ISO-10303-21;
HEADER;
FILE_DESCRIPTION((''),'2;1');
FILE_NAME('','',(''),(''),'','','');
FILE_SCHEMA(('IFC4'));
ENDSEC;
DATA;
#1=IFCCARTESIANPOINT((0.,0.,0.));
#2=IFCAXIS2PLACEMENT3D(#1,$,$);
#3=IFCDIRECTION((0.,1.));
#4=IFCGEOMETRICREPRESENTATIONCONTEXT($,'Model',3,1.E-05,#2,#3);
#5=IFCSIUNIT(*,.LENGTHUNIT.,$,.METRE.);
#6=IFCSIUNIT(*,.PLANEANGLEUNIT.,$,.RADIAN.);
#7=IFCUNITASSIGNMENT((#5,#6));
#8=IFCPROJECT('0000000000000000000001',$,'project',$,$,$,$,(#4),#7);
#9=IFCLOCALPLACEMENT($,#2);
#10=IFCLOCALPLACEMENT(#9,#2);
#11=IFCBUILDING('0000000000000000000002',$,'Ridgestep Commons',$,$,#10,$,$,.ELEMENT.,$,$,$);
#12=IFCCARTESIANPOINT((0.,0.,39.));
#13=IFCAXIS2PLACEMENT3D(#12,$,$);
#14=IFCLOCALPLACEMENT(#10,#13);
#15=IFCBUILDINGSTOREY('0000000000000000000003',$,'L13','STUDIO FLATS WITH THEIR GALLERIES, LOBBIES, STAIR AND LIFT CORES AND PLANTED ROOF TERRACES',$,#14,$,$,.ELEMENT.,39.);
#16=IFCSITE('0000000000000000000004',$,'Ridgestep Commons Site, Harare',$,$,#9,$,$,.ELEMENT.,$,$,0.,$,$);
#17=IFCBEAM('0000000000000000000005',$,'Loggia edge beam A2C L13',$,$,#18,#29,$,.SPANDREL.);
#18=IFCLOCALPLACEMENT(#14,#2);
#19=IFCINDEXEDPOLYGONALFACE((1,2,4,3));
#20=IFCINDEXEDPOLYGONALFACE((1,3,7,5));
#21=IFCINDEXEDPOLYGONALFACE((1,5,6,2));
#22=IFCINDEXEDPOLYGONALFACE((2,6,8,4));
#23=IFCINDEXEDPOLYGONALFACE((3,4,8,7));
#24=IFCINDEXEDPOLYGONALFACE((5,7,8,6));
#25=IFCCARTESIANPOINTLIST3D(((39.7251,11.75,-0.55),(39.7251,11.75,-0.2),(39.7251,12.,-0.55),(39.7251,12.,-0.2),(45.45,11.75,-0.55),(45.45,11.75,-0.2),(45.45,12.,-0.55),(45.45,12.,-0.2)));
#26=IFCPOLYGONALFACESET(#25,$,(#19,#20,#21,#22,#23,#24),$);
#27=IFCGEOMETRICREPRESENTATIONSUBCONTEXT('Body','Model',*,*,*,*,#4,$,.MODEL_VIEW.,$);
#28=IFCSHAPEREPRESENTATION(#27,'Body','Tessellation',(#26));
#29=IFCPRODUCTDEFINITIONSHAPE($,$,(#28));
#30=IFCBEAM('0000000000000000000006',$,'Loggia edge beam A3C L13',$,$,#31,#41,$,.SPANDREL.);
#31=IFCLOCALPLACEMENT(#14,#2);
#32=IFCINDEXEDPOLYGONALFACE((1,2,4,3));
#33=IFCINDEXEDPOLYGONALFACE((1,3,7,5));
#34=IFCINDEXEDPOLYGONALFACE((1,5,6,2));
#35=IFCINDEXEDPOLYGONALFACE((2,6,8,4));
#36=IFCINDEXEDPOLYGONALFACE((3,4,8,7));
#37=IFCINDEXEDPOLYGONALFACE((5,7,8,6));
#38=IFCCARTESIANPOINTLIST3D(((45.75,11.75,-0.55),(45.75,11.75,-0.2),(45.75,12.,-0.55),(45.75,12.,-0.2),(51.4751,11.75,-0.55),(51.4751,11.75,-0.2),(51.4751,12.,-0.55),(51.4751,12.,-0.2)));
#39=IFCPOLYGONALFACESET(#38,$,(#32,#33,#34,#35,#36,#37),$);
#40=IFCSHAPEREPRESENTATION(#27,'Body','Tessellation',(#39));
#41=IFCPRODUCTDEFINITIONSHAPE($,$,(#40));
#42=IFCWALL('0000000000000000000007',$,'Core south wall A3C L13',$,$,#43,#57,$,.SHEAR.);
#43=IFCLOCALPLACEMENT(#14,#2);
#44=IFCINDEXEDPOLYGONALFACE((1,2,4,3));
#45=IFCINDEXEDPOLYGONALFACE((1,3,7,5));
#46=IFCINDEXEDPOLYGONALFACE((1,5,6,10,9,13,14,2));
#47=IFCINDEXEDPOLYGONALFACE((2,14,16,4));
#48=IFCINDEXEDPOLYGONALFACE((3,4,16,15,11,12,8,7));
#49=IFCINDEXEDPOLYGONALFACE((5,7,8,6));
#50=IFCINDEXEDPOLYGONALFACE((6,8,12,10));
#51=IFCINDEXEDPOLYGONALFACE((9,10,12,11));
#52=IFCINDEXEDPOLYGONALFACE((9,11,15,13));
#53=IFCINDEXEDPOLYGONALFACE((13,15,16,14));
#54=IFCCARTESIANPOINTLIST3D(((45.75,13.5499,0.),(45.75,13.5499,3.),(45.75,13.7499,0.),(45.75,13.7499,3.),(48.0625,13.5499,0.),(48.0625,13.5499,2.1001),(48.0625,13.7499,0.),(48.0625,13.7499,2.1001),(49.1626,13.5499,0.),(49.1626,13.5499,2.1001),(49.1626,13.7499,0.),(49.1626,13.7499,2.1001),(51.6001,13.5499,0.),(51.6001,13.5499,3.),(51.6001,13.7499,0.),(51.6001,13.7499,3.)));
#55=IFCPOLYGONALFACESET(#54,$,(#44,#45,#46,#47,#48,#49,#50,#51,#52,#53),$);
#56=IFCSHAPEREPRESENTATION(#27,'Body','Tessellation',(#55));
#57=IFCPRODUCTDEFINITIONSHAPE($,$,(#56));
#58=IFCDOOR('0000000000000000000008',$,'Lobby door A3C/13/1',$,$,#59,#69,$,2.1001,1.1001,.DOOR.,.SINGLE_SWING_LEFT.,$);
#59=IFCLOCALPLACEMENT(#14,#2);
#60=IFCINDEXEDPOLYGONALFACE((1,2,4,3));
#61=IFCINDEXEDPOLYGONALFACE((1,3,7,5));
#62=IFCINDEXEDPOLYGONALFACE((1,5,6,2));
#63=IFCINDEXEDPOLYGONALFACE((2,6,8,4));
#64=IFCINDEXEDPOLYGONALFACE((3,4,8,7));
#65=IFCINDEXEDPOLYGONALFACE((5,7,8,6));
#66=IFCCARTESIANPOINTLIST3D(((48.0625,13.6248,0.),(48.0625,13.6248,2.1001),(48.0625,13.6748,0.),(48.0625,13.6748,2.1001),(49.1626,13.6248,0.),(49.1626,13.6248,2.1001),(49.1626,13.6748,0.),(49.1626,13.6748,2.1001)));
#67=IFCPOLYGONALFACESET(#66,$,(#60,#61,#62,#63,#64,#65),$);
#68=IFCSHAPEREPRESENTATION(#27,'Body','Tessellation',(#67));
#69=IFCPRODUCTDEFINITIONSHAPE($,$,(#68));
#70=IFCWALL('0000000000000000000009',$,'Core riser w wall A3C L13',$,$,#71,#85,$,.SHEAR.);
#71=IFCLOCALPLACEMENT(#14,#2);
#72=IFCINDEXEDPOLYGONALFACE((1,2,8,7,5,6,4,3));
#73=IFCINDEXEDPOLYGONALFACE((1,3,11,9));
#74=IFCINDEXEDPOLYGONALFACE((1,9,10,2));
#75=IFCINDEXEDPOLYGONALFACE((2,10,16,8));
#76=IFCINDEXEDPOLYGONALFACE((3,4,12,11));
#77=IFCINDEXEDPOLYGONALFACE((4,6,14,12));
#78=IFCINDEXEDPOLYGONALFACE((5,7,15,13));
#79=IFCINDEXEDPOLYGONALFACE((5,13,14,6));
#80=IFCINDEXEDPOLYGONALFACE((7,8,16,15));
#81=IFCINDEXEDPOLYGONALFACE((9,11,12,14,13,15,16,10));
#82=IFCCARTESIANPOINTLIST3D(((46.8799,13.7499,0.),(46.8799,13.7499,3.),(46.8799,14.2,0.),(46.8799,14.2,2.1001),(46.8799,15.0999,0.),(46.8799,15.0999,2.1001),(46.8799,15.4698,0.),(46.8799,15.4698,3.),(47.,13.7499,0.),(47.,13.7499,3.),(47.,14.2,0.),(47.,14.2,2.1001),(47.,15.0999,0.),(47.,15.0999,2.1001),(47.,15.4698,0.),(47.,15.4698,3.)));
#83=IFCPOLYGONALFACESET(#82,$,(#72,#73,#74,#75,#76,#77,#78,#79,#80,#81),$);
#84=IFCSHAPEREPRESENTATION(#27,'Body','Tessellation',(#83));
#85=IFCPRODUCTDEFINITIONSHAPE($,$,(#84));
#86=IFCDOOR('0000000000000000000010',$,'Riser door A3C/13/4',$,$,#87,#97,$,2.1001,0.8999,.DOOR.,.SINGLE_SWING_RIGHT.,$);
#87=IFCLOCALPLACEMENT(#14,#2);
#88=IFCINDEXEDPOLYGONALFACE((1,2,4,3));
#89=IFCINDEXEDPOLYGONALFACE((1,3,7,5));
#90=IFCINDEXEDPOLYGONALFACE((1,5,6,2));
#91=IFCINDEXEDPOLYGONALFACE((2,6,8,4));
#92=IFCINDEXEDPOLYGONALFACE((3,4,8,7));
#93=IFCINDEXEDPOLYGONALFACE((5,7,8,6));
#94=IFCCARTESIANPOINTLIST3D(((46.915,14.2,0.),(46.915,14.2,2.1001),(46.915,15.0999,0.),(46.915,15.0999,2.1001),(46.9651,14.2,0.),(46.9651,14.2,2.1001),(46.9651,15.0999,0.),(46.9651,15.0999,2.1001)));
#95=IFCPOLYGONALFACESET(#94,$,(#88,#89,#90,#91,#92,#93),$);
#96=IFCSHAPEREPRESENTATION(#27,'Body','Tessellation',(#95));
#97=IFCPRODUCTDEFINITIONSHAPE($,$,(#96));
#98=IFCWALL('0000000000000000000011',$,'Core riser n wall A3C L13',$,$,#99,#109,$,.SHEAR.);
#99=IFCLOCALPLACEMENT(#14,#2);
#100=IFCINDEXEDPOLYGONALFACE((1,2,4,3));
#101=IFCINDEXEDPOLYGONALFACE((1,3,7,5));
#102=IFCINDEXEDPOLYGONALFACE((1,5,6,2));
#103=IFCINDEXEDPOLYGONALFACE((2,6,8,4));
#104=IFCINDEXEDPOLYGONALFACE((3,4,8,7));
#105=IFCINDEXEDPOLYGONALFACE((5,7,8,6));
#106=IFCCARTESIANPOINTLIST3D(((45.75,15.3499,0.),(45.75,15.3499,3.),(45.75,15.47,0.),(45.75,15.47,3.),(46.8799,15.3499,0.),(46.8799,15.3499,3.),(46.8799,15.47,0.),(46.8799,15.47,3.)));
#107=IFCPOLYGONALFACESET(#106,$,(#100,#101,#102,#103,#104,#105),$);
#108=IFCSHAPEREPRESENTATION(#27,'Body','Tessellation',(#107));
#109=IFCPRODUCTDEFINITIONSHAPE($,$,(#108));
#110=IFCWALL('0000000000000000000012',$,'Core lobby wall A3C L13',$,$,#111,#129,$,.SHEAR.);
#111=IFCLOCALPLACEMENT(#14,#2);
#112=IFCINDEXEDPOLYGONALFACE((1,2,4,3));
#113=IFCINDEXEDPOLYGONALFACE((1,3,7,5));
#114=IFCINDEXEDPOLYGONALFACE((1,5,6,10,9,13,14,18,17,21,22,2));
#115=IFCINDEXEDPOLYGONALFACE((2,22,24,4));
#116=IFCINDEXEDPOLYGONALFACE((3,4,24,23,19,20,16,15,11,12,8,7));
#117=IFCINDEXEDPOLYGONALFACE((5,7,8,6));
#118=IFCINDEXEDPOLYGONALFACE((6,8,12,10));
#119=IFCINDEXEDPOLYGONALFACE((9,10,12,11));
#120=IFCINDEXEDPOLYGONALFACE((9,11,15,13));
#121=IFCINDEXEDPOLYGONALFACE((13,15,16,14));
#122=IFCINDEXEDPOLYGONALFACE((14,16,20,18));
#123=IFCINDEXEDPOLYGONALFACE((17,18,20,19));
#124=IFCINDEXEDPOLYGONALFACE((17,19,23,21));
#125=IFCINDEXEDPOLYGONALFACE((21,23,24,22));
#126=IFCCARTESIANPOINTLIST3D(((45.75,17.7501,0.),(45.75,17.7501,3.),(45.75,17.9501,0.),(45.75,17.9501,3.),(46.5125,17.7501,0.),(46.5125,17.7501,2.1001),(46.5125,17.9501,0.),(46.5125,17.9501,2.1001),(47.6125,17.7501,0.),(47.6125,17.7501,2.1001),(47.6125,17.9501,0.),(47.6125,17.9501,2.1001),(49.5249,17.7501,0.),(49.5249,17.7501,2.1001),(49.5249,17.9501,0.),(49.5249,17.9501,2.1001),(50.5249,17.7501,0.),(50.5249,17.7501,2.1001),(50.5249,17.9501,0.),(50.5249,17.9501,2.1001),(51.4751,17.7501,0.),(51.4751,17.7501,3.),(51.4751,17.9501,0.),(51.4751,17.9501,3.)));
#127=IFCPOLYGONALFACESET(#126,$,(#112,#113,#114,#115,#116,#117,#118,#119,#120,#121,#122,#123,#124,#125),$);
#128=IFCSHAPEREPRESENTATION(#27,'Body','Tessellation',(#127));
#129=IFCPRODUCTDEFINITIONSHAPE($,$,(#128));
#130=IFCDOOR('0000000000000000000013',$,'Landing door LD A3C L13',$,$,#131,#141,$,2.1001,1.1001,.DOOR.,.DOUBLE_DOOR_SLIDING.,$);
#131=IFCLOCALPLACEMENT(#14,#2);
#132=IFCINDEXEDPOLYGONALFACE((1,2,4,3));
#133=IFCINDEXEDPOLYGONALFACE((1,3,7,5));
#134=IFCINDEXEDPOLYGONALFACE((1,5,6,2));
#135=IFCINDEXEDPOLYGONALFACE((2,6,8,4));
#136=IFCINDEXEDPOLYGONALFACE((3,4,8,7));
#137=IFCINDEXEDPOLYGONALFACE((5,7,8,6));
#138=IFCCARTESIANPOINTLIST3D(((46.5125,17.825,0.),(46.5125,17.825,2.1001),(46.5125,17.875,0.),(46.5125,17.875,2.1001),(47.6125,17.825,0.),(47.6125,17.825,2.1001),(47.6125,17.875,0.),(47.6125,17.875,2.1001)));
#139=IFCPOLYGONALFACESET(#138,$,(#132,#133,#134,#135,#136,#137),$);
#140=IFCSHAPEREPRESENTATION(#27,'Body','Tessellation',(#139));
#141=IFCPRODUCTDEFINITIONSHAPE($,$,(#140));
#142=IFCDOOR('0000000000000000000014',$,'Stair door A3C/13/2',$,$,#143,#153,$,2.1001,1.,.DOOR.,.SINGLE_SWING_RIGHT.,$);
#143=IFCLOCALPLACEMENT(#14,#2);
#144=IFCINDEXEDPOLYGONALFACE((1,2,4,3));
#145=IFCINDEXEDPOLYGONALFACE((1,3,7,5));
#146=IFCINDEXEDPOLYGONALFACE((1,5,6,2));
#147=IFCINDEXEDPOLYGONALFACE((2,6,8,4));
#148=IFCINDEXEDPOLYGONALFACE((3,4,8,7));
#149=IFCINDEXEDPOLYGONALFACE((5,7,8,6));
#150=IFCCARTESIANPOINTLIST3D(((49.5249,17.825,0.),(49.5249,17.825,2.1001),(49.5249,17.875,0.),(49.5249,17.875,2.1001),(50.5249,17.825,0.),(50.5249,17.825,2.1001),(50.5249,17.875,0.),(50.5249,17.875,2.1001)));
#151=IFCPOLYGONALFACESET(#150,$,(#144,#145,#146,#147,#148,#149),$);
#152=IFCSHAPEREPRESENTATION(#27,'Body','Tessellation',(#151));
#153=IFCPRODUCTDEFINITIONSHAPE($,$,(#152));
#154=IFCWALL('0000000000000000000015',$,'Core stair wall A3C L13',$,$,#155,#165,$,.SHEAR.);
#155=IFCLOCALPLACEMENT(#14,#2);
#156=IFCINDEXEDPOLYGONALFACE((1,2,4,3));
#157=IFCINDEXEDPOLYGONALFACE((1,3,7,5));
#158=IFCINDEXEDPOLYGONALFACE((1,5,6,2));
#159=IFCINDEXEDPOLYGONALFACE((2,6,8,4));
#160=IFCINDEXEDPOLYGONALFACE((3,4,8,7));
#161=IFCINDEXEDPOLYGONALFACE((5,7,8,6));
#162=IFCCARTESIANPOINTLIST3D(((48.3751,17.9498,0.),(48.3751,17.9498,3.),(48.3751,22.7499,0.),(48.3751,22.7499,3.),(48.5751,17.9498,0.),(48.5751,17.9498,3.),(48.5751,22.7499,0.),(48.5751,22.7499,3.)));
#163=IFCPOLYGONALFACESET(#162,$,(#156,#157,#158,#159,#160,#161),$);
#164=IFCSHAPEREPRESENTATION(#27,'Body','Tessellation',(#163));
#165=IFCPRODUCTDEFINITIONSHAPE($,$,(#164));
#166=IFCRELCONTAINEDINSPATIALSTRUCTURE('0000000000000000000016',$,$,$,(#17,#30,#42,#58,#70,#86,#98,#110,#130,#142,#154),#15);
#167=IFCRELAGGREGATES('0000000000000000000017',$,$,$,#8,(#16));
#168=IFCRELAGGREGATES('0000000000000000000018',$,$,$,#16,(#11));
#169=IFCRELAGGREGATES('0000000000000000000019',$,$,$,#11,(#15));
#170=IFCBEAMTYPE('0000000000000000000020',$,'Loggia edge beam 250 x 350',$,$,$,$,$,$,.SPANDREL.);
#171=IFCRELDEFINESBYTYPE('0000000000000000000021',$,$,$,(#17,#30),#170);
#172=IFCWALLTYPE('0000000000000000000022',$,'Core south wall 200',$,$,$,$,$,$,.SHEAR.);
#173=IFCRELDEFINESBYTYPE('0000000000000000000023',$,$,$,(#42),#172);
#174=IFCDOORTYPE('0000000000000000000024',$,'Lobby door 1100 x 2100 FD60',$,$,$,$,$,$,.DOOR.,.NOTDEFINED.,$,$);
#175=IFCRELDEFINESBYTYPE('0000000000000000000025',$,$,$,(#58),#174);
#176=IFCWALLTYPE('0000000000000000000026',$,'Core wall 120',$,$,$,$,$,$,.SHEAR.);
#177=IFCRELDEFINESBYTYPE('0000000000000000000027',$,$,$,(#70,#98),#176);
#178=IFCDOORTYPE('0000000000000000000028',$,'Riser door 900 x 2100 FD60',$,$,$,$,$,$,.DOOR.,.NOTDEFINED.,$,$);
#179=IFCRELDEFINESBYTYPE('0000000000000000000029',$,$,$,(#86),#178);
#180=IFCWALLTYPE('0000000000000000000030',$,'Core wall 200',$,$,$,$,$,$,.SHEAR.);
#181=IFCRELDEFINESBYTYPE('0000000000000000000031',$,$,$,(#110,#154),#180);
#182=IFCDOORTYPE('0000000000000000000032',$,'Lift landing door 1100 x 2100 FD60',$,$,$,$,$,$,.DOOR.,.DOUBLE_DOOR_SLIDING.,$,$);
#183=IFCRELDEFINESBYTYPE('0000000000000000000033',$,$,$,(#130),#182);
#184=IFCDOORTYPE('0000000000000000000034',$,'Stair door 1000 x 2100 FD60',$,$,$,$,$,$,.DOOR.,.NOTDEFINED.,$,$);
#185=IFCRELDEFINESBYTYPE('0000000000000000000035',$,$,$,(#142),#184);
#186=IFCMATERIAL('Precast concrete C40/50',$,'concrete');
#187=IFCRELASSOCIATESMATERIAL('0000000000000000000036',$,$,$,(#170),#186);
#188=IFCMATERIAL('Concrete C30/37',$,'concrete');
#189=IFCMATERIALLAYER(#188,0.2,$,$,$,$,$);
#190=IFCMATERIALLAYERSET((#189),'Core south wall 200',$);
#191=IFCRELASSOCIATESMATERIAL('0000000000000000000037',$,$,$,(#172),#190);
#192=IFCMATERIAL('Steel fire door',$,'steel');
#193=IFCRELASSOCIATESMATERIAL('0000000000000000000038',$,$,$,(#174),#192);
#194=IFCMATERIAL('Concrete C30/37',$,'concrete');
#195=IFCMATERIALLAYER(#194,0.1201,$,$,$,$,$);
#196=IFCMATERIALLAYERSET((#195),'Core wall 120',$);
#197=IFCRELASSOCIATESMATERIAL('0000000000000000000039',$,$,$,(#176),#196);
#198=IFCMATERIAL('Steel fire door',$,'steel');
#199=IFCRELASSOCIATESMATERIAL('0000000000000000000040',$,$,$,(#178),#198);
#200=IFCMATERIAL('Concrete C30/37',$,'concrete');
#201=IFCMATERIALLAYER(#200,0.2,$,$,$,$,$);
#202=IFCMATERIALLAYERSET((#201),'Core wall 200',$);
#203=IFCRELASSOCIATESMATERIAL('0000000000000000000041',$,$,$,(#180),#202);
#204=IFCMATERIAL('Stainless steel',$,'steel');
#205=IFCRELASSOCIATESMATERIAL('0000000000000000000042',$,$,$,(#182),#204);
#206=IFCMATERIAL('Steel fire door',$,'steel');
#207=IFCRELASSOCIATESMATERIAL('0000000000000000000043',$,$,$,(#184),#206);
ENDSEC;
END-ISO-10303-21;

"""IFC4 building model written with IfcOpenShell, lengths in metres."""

from ifc_helpers import new_model, si_unit, direction, frame, frame_2d, origin, origin_2d, place, context, subcontext, project, spatial, rectangle, extrude, material, layer, layer_set, material_profile, profile_set, type_object, element, fill, save


model = new_model("IFC4")

# Units and contexts
model_context = context("Model", 3, precision=1e-05, world=origin(), true_north=direction((0.0, 1.0)))
body_context = subcontext(model_context, "Body", "Model", "MODEL_VIEW")
ifc_project = project(units=[si_unit("LENGTHUNIT", "METRE"), si_unit("PLANEANGLEUNIT", "RADIAN")], contexts=[model_context])

# Site, building, storey
site_placement = place(None, origin())
site = spatial("IfcSite", under=ifc_project, at=site_placement, Name="Ridgestep Commons Site, Harare", CompositionType="ELEMENT", RefElevation=0.0)
building_placement = place(site_placement, origin())
building = spatial("IfcBuilding", under=site, at=building_placement, Name="Ridgestep Commons", CompositionType="ELEMENT")
storey_placement = place(building_placement, frame((0.0, 0.0, 39.0)))
storey = spatial("IfcBuildingStorey", under=building, at=storey_placement, Name="L13", Description="STUDIO FLATS WITH THEIR GALLERIES, LOBBIES, STAIR AND LIFT CORES AND PLANTED ROOF TERRACES", CompositionType="ELEMENT", Elevation=39.0)

# Beams
ifc_material_1 = material(Name="Precast concrete C40/50", Category="concrete")
ifc_material_profile = material_profile(ifc_material_1, rectangle(XDim=0.25, YDim=0.3501, at=origin_2d()), Name="PC 250x350")
ifc_profile_set = profile_set([ifc_material_profile], Name="Precast concrete C40/50")
beam_type = type_object("IfcBeamType", Name="Loggia edge beam 250 x 350", PredefinedType="SPANDREL", material=ifc_profile_set)
beam_1_placement = place(storey_placement, frame((39.7251, 11.875, -0.375), z_axis=(1.0, 0.0, 0.0), x_axis=(0.0, 1.0, 0.0)))
element("IfcBeam", 1, at=beam_1_placement, inside=storey, type_object=beam_type, Name="Loggia edge beam A2C L13", PredefinedType="SPANDREL", context=body_context, shape_type="SweptSolid", body=[
    extrude(rectangle(XDim=0.25, YDim=0.3501, at=origin_2d()), origin(), (0.0, 0.0, 1.0), 5.7249),
])
beam_2_placement = place(storey_placement, frame((45.75, 11.875, -0.375), z_axis=(1.0, 0.0, 0.0), x_axis=(0.0, 1.0, 0.0)))
element("IfcBeam", 2, at=beam_2_placement, inside=storey, type_object=beam_type, Name="Loggia edge beam A3C L13", PredefinedType="SPANDREL", context=body_context, shape_type="SweptSolid", body=[
    extrude(rectangle(XDim=0.25, YDim=0.3501, at=origin_2d()), origin(), (0.0, 0.0, 1.0), 5.7251),
])

# Walls, openings, doors
ifc_material_2 = material(Name="Concrete C30/37", Category="concrete")
ifc_layer_1 = layer(ifc_material_2, 0.2)
ifc_layer_set_1 = layer_set([ifc_layer_1], Name="Core south wall 200")
wall_type_1 = type_object("IfcWallType", Name="Core south wall 200", PredefinedType="SHEAR", material=ifc_layer_set_1)
wall_1_placement = place(storey_placement, frame((45.75, 13.6499, 0.0), z_axis=(0.0, 0.0, 1.0), x_axis=(1.0, 0.0, 0.0)))
wall_1 = element("IfcWall", 3, at=wall_1_placement, inside=storey, type_object=wall_type_1, Name="Core south wall A3C L13", PredefinedType="SHEAR", context=body_context, shape_type="SweptSolid", body=[
    extrude(rectangle(XDim=5.8501, YDim=0.2, at=frame_2d((2.925, 0.0))), origin(), (0.0, 0.0, 1.0), 3.0),
])
opening_1_placement = place(wall_1_placement, frame((2.3125, 0.0, 0.0)))
opening_1 = element("IfcOpeningElement", 4, at=opening_1_placement, cuts=wall_1, PredefinedType="OPENING", context=body_context, shape_type="SweptSolid", body=[
    extrude(rectangle(XDim=1.1001, YDim=2.1001, at=frame_2d((0.55, 1.05))), frame((0.0, 0.1099, 0.0), z_axis=(0.0, -1.0, 0.0), x_axis=(1.0, 0.0, 0.0)), (0.0, 0.0, 1.0), 0.22),
])
ifc_material_3 = material(Name="Steel fire door", Category="steel")
door_type_1 = type_object("IfcDoorType", Name="Lobby door 1100 x 2100 FD60", OperationType="NOTDEFINED", PredefinedType="DOOR", material=ifc_material_3)
door_1_placement = place(opening_1_placement, origin())
door_1 = element("IfcDoor", 5, at=door_1_placement, inside=storey, type_object=door_type_1, Name="Lobby door A3C/13/1", OperationType="SINGLE_SWING_LEFT", OverallHeight=2.1001, OverallWidth=1.1001, PredefinedType="DOOR", context=body_context, shape_type="SweptSolid", body=[
    extrude(rectangle(XDim=1.1001, YDim=2.1001, at=frame_2d((0.55, 1.05))), frame((0.0, 0.0249, 0.0), z_axis=(0.0, -1.0, 0.0), x_axis=(1.0, 0.0, 0.0)), (0.0, 0.0, 1.0), 0.05),
])
fill(opening_1, door_1)
ifc_material_4 = material(Name="Concrete C30/37", Category="concrete")
ifc_layer_2 = layer(ifc_material_4, 0.1201)
ifc_layer_set_2 = layer_set([ifc_layer_2], Name="Core wall 120")
wall_type_2 = type_object("IfcWallType", Name="Core wall 120", PredefinedType="SHEAR", material=ifc_layer_set_2)
wall_2_placement = place(storey_placement, frame((46.9399, 13.75, 0.0), z_axis=(0.0, 0.0, 1.0), x_axis=(0.0, 1.0, 0.0)))
wall_2 = element("IfcWall", 6, at=wall_2_placement, inside=storey, type_object=wall_type_2, Name="Core riser w wall A3C L13", PredefinedType="SHEAR", context=body_context, shape_type="SweptSolid", body=[
    extrude(rectangle(XDim=1.72, YDim=0.1201, at=frame_2d((0.8599, 0.0))), origin(), (0.0, 0.0, 1.0), 3.0),
])
opening_2_placement = place(wall_2_placement, frame((0.45, 0.0, 0.0)))
opening_2 = element("IfcOpeningElement", 7, at=opening_2_placement, cuts=wall_2, PredefinedType="OPENING", context=body_context, shape_type="SweptSolid", body=[
    extrude(rectangle(XDim=0.8999, YDim=2.1001, at=frame_2d((0.45, 1.05))), frame((0.0, 0.0701, 0.0), z_axis=(0.0, -1.0, 0.0), x_axis=(1.0, 0.0, 0.0)), (0.0, 0.0, 1.0), 0.1401),
])
ifc_material_5 = material(Name="Steel fire door", Category="steel")
door_type_2 = type_object("IfcDoorType", Name="Riser door 900 x 2100 FD60", OperationType="NOTDEFINED", PredefinedType="DOOR", material=ifc_material_5)
door_2_placement = place(opening_2_placement, origin())
door_2 = element("IfcDoor", 8, at=door_2_placement, inside=storey, type_object=door_type_2, Name="Riser door A3C/13/4", OperationType="SINGLE_SWING_RIGHT", OverallHeight=2.1001, OverallWidth=0.8999, PredefinedType="DOOR", context=body_context, shape_type="SweptSolid", body=[
    extrude(rectangle(XDim=0.8999, YDim=2.1001, at=frame_2d((0.45, 1.05))), frame((0.0, 0.0249, 0.0), z_axis=(0.0, -1.0, 0.0), x_axis=(1.0, 0.0, 0.0)), (0.0, 0.0, 1.0), 0.05),
])
fill(opening_2, door_2)

# Wall
wall_3_placement = place(storey_placement, frame((45.75, 15.4099, 0.0), z_axis=(0.0, 0.0, 1.0), x_axis=(1.0, 0.0, 0.0)))
element("IfcWall", 9, at=wall_3_placement, inside=storey, type_object=wall_type_2, Name="Core riser n wall A3C L13", PredefinedType="SHEAR", context=body_context, shape_type="SweptSolid", body=[
    extrude(rectangle(XDim=1.1299, YDim=0.1201, at=frame_2d((0.5649, 0.0))), origin(), (0.0, 0.0, 1.0), 3.0),
])

# Wall, openings, doors
ifc_material_6 = material(Name="Concrete C30/37", Category="concrete")
ifc_layer_3 = layer(ifc_material_6, 0.2)
ifc_layer_set_3 = layer_set([ifc_layer_3], Name="Core wall 200")
wall_type_3 = type_object("IfcWallType", Name="Core wall 200", PredefinedType="SHEAR", material=ifc_layer_set_3)
wall_4_placement = place(storey_placement, frame((45.75, 17.8501, 0.0), z_axis=(0.0, 0.0, 1.0), x_axis=(1.0, 0.0, 0.0)))
wall_4 = element("IfcWall", 10, at=wall_4_placement, inside=storey, type_object=wall_type_3, Name="Core lobby wall A3C L13", PredefinedType="SHEAR", context=body_context, shape_type="SweptSolid", body=[
    extrude(rectangle(XDim=5.7251, YDim=0.2, at=frame_2d((2.8625, 0.0))), origin(), (0.0, 0.0, 1.0), 3.0),
])
opening_3_placement = place(wall_4_placement, frame((3.7749, 0.0, 0.0)))
opening_3 = element("IfcOpeningElement", 11, at=opening_3_placement, cuts=wall_4, PredefinedType="OPENING", context=body_context, shape_type="SweptSolid", body=[
    extrude(rectangle(XDim=1.0, YDim=2.1001, at=frame_2d((0.5, 1.05))), frame((0.0, 0.1099, 0.0), z_axis=(0.0, -1.0, 0.0), x_axis=(1.0, 0.0, 0.0)), (0.0, 0.0, 1.0), 0.22),
])
opening_4_placement = place(wall_4_placement, frame((0.7625, 0.0, 0.0)))
opening_4 = element("IfcOpeningElement", 12, at=opening_4_placement, cuts=wall_4, PredefinedType="OPENING", context=body_context, shape_type="SweptSolid", body=[
    extrude(rectangle(XDim=1.1001, YDim=2.1001, at=frame_2d((0.55, 1.05))), frame((0.0, 0.1099, 0.0), z_axis=(0.0, -1.0, 0.0), x_axis=(1.0, 0.0, 0.0)), (0.0, 0.0, 1.0), 0.22),
])
ifc_material_7 = material(Name="Stainless steel", Category="steel")
door_type_3 = type_object("IfcDoorType", Name="Lift landing door 1100 x 2100 FD60", OperationType="DOUBLE_DOOR_SLIDING", PredefinedType="DOOR", material=ifc_material_7)
door_3_placement = place(opening_4_placement, origin())
door_3 = element("IfcDoor", 13, at=door_3_placement, inside=storey, type_object=door_type_3, Name="Landing door LD A3C L13", OperationType="DOUBLE_DOOR_SLIDING", OverallHeight=2.1001, OverallWidth=1.1001, PredefinedType="DOOR", context=body_context, shape_type="SweptSolid", body=[
    extrude(rectangle(XDim=1.1001, YDim=2.1001, at=frame_2d((0.55, 1.05))), frame((0.0, 0.0249, 0.0), z_axis=(0.0, -1.0, 0.0), x_axis=(1.0, 0.0, 0.0)), (0.0, 0.0, 1.0), 0.05),
])
fill(opening_4, door_3)
ifc_material_8 = material(Name="Steel fire door", Category="steel")
door_type_4 = type_object("IfcDoorType", Name="Stair door 1000 x 2100 FD60", OperationType="NOTDEFINED", PredefinedType="DOOR", material=ifc_material_8)
door_4_placement = place(opening_3_placement, origin())
door_4 = element("IfcDoor", 14, at=door_4_placement, inside=storey, type_object=door_type_4, Name="Stair door A3C/13/2", OperationType="SINGLE_SWING_RIGHT", OverallHeight=2.1001, OverallWidth=1.0, PredefinedType="DOOR", context=body_context, shape_type="SweptSolid", body=[
    extrude(rectangle(XDim=1.0, YDim=2.1001, at=frame_2d((0.5, 1.05))), frame((0.0, 0.0249, 0.0), z_axis=(0.0, -1.0, 0.0), x_axis=(1.0, 0.0, 0.0)), (0.0, 0.0, 1.0), 0.05),
])
fill(opening_3, door_4)

# Wall
wall_5_placement = place(storey_placement, frame((48.4751, 17.95, 0.0), z_axis=(0.0, 0.0, 1.0), x_axis=(0.0, 1.0, 0.0)))
element("IfcWall", 15, at=wall_5_placement, inside=storey, type_object=wall_type_3, Name="Core stair wall A3C L13", PredefinedType="SHEAR", context=body_context, shape_type="SweptSolid", body=[
    extrude(rectangle(XDim=4.8, YDim=0.2, at=frame_2d((2.3999, 0.0))), origin(), (0.0, 0.0, 1.0), 3.0),
])

save(model, "model.ifc")
